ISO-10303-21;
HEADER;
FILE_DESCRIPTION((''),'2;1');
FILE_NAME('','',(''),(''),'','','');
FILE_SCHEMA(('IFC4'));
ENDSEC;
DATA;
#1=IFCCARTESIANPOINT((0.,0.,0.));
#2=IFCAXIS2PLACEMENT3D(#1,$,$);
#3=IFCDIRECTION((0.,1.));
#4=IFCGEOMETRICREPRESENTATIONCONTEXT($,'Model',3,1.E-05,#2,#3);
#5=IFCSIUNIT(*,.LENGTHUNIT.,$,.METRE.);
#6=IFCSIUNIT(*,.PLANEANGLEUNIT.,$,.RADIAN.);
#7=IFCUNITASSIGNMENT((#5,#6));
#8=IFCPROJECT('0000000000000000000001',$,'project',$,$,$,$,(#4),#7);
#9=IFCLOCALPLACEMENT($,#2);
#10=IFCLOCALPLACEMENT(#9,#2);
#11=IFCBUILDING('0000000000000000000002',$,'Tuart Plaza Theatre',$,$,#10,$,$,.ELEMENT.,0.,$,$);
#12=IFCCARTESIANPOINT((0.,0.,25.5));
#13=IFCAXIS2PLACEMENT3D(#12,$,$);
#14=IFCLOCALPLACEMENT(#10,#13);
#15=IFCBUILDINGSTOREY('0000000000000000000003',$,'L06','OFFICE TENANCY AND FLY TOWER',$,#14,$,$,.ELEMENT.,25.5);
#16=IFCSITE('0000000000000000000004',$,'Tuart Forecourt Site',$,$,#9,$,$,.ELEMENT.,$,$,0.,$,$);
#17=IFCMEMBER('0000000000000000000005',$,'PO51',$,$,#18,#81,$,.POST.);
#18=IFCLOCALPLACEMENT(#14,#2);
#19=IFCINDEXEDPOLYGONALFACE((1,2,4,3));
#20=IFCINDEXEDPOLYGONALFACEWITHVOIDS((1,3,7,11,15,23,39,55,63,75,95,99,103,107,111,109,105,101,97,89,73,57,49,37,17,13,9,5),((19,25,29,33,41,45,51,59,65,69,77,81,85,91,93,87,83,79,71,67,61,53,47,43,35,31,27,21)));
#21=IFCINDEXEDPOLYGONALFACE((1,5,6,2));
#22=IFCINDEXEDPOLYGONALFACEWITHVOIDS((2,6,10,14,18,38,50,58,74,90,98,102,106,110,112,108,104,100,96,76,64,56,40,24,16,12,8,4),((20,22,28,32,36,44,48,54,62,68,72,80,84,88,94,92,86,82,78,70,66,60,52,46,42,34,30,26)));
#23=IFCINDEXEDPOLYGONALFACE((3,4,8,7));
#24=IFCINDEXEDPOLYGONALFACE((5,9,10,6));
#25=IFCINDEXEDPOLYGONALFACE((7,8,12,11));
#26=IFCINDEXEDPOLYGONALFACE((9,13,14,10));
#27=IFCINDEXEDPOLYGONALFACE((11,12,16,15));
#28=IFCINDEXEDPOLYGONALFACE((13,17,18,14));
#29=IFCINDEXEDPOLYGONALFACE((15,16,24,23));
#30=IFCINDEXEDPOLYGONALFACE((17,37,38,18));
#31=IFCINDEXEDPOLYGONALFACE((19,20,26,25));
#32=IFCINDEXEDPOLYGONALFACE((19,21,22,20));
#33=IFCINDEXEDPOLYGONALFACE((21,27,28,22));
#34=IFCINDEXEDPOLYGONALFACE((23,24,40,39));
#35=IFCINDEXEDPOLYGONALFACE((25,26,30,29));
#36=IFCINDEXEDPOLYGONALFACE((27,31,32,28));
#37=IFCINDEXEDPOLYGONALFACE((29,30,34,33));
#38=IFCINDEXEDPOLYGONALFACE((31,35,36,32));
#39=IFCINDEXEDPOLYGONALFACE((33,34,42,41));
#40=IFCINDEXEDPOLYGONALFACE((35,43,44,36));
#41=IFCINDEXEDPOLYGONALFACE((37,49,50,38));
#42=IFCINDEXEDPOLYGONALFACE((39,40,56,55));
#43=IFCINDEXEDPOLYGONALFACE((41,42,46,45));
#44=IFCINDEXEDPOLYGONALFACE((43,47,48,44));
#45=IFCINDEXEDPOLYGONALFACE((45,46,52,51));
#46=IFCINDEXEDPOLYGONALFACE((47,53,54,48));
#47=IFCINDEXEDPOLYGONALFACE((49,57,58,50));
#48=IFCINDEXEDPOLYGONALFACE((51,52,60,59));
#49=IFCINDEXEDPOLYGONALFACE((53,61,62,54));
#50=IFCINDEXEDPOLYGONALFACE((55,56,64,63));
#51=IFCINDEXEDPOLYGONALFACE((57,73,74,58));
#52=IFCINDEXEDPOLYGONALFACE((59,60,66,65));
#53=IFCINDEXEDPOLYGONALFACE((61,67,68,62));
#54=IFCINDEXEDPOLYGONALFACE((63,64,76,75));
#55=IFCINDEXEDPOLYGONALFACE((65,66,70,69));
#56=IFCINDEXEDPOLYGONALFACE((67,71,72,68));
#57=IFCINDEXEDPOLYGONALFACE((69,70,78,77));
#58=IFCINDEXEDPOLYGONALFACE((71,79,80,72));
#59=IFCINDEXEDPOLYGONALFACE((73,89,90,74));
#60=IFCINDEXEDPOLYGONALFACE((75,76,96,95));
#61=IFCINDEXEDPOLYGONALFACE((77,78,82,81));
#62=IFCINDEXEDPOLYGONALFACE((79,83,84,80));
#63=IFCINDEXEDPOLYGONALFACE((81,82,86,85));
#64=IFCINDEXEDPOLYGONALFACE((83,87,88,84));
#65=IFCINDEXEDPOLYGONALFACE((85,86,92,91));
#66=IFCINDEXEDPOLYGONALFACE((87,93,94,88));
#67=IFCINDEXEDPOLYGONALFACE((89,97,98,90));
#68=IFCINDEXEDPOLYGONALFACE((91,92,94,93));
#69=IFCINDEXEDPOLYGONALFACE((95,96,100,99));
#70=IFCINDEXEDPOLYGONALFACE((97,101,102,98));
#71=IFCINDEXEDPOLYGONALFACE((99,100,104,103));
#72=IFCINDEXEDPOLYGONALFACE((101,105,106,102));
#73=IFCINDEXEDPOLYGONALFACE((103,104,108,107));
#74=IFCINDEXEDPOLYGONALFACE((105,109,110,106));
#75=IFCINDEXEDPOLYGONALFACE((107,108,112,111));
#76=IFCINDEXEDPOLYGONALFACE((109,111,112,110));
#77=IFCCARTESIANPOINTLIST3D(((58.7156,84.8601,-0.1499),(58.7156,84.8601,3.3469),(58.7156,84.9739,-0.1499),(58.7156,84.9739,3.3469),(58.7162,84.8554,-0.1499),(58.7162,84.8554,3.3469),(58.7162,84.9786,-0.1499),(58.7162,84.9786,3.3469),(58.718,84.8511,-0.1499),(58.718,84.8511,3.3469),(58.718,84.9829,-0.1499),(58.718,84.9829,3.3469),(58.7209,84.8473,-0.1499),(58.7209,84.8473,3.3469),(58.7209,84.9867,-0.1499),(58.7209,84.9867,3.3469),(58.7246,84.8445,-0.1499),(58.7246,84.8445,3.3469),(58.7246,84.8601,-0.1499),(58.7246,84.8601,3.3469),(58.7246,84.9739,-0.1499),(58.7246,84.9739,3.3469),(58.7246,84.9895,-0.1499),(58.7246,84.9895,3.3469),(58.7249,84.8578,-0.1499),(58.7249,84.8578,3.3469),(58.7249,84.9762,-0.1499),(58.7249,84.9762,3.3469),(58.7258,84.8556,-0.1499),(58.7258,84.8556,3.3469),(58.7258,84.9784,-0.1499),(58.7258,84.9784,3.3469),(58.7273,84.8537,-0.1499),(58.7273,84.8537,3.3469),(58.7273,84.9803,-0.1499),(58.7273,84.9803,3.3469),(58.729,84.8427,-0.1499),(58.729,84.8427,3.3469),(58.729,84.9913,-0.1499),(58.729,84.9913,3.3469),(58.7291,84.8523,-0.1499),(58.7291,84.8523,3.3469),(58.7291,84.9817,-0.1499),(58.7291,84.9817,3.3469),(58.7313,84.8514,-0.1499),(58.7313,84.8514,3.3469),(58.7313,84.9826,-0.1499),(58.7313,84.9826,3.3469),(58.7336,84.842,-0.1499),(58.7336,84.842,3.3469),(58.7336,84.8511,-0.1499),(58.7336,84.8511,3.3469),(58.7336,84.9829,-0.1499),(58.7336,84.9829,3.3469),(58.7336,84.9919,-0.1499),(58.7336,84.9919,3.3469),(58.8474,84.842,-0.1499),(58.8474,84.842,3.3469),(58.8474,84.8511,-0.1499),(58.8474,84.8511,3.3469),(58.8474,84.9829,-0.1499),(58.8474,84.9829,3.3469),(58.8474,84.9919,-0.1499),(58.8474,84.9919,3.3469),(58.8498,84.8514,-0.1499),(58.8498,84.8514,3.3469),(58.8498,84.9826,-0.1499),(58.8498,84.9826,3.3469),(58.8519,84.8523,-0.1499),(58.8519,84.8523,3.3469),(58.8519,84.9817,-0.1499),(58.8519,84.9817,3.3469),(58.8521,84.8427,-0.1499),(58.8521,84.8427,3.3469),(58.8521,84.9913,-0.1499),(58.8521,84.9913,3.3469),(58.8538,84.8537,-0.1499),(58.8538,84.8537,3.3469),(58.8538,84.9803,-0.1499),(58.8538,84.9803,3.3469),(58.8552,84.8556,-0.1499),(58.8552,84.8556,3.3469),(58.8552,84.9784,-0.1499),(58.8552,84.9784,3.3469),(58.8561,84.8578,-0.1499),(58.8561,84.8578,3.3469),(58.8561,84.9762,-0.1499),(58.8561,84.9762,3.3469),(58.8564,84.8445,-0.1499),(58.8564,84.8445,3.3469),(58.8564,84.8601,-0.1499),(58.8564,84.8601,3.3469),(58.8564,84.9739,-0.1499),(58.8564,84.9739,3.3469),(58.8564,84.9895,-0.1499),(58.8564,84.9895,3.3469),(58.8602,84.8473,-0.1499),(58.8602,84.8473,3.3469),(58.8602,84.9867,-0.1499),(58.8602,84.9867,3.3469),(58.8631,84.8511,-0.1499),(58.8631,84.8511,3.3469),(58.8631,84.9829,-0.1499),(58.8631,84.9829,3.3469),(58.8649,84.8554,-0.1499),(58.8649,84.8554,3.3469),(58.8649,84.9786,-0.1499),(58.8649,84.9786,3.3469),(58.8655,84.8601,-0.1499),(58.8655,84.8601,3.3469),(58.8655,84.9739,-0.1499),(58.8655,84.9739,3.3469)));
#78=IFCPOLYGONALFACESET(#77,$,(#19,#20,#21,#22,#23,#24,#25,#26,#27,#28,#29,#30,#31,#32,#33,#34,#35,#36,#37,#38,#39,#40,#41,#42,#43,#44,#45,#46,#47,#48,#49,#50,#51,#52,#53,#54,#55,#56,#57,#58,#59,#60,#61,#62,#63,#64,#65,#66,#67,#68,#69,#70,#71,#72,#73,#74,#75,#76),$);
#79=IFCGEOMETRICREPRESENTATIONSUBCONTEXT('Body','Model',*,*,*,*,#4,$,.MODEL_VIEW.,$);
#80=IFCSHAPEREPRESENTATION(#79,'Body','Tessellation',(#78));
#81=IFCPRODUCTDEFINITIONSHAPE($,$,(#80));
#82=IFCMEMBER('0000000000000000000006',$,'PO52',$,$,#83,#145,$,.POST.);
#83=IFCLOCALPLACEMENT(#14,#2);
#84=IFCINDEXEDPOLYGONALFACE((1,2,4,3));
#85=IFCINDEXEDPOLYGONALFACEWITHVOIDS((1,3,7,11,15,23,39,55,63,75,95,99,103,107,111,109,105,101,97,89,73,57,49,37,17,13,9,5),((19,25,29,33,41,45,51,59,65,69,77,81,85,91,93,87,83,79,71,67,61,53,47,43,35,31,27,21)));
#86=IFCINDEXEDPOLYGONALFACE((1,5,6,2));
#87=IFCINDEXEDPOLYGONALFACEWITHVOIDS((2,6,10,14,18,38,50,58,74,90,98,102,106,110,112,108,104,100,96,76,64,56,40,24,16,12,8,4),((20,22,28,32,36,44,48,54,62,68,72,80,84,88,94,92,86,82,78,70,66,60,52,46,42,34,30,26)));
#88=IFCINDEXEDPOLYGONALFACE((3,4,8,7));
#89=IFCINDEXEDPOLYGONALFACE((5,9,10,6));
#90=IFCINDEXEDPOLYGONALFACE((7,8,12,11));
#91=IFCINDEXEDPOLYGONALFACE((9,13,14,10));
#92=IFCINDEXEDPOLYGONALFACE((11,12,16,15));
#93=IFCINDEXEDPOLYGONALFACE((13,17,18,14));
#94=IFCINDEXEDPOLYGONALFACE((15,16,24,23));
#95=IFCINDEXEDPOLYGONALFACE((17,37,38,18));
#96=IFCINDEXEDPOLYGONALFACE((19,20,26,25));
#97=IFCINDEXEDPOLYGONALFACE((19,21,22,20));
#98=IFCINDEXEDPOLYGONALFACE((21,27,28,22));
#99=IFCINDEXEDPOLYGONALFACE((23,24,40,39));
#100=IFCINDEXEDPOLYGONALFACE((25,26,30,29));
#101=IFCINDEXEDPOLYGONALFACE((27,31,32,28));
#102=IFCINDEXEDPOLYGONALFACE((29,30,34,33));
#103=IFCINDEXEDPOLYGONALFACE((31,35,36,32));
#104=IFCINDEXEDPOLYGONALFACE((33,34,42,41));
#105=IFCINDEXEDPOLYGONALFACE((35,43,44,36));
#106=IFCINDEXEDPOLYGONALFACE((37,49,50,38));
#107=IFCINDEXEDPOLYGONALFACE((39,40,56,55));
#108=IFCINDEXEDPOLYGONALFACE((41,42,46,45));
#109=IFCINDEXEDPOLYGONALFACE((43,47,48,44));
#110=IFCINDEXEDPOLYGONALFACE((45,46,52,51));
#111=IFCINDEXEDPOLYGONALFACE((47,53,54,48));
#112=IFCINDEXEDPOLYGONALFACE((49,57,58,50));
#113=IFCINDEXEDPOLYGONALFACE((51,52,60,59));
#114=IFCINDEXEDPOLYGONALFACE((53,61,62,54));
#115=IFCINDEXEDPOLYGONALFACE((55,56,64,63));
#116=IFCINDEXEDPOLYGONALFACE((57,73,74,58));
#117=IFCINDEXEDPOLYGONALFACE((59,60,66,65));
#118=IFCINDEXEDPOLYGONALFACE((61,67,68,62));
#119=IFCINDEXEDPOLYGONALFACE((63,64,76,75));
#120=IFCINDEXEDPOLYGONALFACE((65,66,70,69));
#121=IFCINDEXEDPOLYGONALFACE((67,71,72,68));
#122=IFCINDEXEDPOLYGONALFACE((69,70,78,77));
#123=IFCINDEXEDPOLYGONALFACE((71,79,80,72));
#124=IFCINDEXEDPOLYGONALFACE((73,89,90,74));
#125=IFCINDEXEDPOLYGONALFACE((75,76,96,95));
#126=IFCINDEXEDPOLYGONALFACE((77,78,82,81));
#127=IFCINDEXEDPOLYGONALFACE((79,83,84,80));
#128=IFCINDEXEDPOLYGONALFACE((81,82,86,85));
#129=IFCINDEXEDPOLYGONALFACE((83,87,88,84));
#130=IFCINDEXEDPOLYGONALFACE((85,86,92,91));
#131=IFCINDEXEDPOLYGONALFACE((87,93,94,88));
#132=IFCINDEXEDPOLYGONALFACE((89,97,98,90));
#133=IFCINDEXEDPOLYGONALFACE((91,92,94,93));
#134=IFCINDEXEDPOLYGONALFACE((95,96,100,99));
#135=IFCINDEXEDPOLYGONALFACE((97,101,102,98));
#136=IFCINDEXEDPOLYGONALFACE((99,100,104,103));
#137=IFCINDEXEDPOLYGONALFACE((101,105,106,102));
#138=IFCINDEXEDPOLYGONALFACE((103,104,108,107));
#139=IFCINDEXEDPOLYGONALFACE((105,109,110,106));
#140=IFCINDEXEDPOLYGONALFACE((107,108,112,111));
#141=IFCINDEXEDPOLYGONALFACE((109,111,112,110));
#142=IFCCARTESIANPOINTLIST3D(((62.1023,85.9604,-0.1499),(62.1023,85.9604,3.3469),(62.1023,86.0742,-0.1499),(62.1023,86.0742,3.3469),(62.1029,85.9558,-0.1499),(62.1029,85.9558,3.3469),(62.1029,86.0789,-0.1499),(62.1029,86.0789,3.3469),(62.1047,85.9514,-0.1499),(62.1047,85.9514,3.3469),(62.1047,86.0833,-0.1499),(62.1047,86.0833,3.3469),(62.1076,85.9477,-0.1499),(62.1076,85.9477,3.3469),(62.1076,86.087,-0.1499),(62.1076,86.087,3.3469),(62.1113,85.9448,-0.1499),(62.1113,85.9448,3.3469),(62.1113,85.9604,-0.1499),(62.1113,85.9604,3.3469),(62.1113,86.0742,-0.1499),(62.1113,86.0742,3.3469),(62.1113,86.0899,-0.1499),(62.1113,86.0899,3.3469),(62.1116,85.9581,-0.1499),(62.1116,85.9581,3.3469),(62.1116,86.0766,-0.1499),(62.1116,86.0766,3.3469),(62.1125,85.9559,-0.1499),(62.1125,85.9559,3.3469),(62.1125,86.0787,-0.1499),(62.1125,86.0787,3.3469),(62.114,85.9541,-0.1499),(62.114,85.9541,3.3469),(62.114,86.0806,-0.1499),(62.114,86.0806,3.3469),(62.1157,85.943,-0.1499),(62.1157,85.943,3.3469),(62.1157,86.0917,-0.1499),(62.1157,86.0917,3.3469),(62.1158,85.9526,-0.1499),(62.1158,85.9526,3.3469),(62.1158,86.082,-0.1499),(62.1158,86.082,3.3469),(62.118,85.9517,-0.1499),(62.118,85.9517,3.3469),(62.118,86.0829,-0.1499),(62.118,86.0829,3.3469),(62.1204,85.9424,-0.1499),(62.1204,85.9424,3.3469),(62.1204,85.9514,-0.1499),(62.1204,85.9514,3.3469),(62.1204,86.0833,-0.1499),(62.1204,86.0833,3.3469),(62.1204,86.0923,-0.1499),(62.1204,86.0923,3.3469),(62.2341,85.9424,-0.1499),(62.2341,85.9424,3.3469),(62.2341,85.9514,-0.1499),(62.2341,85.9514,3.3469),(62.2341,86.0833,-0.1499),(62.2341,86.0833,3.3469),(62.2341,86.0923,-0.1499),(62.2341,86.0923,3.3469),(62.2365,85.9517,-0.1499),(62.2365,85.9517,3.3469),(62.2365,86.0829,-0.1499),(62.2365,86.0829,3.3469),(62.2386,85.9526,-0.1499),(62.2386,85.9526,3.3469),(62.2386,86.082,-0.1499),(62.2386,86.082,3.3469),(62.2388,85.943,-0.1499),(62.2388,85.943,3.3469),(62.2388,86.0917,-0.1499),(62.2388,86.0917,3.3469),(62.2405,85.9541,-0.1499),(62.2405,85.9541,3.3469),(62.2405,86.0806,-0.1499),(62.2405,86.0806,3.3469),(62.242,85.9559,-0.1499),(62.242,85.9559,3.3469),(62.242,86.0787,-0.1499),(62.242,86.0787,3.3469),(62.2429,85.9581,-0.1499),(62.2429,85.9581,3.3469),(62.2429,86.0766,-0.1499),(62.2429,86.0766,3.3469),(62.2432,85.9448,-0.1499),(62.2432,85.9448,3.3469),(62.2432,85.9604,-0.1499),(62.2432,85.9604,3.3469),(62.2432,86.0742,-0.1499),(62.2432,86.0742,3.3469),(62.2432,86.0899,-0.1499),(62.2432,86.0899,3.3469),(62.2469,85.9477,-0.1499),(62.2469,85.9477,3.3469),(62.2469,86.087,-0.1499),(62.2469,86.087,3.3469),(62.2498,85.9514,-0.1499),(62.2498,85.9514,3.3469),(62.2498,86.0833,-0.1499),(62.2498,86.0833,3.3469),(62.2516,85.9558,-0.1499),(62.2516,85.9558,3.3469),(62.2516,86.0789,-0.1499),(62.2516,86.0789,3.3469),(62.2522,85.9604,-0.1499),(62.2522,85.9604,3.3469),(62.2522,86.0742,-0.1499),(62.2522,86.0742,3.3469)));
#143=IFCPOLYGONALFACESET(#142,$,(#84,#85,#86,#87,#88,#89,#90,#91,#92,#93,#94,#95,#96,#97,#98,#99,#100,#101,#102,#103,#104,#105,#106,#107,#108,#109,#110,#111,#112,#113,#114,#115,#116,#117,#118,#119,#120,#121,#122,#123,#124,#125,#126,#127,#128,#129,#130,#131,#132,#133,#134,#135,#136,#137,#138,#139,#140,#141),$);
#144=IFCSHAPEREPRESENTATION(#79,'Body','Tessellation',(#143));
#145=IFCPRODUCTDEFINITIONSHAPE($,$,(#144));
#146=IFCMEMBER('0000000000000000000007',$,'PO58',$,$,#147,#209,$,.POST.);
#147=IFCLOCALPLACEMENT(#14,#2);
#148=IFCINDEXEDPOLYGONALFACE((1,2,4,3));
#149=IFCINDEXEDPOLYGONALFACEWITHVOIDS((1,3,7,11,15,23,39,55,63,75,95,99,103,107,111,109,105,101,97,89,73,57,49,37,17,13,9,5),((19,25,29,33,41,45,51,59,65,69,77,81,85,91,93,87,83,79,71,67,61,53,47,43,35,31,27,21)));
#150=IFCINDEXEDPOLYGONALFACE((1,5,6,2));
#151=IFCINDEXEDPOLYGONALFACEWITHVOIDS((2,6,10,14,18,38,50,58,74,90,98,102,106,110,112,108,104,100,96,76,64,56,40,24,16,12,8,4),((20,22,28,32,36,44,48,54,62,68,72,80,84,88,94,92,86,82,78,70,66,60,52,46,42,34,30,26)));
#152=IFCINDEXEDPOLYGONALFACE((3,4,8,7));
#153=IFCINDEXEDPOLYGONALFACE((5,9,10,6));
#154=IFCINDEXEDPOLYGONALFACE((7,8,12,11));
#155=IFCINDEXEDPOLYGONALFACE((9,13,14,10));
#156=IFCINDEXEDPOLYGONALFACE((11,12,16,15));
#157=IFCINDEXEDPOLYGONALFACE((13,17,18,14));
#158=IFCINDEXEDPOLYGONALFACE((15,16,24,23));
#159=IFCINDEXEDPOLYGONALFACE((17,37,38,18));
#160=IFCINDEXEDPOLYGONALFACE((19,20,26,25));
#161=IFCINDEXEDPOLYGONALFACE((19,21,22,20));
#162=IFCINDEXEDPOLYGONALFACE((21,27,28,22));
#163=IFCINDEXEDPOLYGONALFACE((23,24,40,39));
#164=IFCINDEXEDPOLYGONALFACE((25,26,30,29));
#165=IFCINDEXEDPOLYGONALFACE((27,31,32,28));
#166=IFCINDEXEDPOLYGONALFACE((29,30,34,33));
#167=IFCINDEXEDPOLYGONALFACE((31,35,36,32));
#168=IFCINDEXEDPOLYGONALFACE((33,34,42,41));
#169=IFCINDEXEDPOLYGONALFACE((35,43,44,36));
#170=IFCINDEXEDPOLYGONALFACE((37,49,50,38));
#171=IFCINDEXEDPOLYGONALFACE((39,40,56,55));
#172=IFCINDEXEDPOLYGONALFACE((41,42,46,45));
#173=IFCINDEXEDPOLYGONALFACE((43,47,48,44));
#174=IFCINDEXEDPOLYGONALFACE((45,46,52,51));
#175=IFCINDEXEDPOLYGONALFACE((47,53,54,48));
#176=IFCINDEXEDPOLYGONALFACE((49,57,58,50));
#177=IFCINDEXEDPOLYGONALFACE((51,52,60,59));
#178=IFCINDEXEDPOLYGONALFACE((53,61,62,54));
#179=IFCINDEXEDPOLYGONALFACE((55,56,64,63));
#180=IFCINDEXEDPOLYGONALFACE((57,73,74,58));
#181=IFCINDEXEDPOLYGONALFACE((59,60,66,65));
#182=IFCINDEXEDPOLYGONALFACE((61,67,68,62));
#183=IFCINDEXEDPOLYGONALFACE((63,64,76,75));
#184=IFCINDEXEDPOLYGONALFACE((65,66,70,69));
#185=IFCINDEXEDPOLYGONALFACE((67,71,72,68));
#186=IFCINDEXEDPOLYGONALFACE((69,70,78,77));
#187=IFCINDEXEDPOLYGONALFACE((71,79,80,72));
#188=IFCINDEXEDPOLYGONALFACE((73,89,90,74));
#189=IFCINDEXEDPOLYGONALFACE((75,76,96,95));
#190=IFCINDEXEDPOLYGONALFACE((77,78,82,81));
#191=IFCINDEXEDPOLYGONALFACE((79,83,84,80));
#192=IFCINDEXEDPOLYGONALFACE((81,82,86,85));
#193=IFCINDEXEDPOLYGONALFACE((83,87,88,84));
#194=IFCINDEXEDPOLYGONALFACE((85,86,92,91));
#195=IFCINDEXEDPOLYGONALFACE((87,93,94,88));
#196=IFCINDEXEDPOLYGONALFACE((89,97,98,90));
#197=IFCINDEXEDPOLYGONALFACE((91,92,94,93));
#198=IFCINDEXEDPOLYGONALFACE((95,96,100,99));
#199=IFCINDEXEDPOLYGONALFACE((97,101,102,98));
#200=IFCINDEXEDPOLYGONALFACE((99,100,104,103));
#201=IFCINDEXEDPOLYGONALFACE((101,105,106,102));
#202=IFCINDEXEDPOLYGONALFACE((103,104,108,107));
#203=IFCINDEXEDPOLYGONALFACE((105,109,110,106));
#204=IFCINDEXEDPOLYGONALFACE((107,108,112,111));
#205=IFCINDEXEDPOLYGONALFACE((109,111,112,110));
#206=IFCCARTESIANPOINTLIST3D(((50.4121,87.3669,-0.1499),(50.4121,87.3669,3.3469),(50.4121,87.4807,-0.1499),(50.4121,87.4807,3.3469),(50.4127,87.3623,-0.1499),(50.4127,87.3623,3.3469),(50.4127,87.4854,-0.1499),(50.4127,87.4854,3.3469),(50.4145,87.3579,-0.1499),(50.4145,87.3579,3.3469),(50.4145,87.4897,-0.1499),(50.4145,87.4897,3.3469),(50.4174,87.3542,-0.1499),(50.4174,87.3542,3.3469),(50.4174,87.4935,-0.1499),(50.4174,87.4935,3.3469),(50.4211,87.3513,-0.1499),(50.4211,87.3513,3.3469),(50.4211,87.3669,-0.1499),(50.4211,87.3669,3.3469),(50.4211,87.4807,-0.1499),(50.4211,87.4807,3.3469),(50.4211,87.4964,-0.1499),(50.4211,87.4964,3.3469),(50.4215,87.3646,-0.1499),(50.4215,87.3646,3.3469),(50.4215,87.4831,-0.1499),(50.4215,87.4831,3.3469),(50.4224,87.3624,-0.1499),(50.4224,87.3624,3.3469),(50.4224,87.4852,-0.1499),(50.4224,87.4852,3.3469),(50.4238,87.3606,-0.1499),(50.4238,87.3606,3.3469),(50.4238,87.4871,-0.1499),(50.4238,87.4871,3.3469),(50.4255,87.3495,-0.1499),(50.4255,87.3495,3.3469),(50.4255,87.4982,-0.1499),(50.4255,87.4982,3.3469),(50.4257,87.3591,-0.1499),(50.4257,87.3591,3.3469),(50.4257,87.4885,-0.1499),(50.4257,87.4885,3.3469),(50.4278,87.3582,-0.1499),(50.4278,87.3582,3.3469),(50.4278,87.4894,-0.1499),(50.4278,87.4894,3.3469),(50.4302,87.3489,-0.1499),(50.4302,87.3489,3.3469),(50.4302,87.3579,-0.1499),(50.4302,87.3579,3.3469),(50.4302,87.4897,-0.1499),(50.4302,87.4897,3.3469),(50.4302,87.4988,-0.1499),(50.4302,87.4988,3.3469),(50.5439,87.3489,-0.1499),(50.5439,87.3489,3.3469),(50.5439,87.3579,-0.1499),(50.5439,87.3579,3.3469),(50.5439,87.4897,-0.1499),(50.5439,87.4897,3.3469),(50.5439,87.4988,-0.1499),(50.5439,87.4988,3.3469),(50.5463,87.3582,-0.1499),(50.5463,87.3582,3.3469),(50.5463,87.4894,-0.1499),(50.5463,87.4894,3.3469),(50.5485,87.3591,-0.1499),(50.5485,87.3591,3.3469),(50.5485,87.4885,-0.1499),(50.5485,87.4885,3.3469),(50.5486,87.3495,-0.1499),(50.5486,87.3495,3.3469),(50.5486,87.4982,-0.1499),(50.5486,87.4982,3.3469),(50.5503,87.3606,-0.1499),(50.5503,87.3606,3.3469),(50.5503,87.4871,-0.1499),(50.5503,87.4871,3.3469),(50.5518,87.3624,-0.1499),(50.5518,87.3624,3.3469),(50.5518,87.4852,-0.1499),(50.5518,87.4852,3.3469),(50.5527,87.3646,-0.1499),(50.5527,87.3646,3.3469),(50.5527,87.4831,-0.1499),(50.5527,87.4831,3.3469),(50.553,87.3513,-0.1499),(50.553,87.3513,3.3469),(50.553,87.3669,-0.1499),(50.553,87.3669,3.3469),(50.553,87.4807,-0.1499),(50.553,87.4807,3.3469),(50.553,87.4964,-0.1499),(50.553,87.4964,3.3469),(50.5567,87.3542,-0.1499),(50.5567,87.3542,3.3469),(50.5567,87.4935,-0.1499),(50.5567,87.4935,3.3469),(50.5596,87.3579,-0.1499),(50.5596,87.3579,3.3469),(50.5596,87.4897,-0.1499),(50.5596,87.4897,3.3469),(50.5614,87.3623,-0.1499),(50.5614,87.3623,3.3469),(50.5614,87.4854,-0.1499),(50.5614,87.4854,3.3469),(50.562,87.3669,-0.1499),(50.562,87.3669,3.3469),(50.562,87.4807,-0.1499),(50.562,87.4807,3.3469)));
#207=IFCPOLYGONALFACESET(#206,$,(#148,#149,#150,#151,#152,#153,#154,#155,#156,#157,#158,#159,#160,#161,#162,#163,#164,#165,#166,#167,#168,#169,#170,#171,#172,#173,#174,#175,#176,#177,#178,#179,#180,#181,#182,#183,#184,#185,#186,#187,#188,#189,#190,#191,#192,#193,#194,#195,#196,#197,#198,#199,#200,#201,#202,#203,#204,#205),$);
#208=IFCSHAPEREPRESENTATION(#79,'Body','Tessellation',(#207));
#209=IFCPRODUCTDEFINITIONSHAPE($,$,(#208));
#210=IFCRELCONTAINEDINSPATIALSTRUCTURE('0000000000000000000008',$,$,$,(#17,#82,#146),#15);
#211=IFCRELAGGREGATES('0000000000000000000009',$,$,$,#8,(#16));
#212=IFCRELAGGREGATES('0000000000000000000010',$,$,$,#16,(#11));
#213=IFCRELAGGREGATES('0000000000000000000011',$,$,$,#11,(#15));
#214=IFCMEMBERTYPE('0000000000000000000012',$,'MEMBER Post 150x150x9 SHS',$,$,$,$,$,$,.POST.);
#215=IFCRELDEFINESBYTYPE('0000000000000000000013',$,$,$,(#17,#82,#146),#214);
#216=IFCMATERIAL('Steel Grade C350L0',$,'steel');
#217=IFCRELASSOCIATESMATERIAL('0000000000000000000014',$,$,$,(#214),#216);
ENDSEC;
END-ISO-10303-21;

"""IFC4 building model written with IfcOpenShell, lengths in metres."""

from ifc_helpers import new_model, si_unit, direction, frame, origin, origin_2d, place, context, subcontext, project, spatial, hollow_rectangle, extrude, material, material_profile, profile_set, type_object, element, save


model = new_model("IFC4")

# Units and contexts
model_context = context("Model", 3, precision=1e-05, world=origin(), true_north=direction((0.0, 1.0)))
body_context = subcontext(model_context, "Body", "Model", "MODEL_VIEW")
ifc_project = project(units=[si_unit("LENGTHUNIT", "METRE"), si_unit("PLANEANGLEUNIT", "RADIAN")], contexts=[model_context])

# Site, building, storey
site_placement = place(None, origin())
site = spatial("IfcSite", under=ifc_project, at=site_placement, Name="Tuart Forecourt Site", CompositionType="ELEMENT", RefElevation=0.0)
building_placement = place(site_placement, origin())
building = spatial("IfcBuilding", under=site, at=building_placement, Name="Tuart Plaza Theatre", CompositionType="ELEMENT", ElevationOfRefHeight=0.0)
storey_placement = place(building_placement, frame((0.0, 0.0, 25.5)))
storey = spatial("IfcBuildingStorey", under=building, at=storey_placement, Name="L06", Description="OFFICE TENANCY AND FLY TOWER", CompositionType="ELEMENT", Elevation=25.5)

# Members
ifc_material_1 = material(Name="Steel Grade C350L0", Category="steel")
ifc_material_profile_1 = material_profile(ifc_material_1, hollow_rectangle(XDim=0.1499, YDim=0.1499, WallThickness=0.009, InnerFilletRadius=0.009, OuterFilletRadius=0.0181, at=origin_2d()), Name="150x150x9 SHS")
ifc_profile_set_1 = profile_set([ifc_material_profile_1], Name="Steel Grade C350L0")
member_type_1 = type_object("IfcMemberType", Name="MEMBER Post 150x150x9 SHS", PredefinedType="POST", material=ifc_profile_set_1)
for number, where, z_axis, x_axis, name in (
    (1, (58.7905, 84.917, -0.1499), (0.0, 0.0, 1.0), (1.0, 0.0, 0.0), "PO51"),
    (2, (62.1772, 86.0173, -0.1499), (0.0, 0.0, 1.0), (1.0, 0.0, 0.0), "PO52"),
    (3, (50.4871, 87.4238, -0.1499), (0.0, 0.0, 1.0), (1.0, 0.0, 0.0), "PO58"),
):
    element("IfcMember", number, at=place(storey_placement, frame(where, z_axis=z_axis, x_axis=x_axis)), inside=storey, type_object=member_type_1, Name=name, PredefinedType="POST", context=body_context, shape_type="SweptSolid", body=[
        extrude(hollow_rectangle(XDim=0.1499, YDim=0.1499, WallThickness=0.009, InnerFilletRadius=0.009, OuterFilletRadius=0.0181, at=origin_2d()), origin(), (0.0, 0.0, 1.0), 3.4968),
    ])

save(model, "model.ifc")
